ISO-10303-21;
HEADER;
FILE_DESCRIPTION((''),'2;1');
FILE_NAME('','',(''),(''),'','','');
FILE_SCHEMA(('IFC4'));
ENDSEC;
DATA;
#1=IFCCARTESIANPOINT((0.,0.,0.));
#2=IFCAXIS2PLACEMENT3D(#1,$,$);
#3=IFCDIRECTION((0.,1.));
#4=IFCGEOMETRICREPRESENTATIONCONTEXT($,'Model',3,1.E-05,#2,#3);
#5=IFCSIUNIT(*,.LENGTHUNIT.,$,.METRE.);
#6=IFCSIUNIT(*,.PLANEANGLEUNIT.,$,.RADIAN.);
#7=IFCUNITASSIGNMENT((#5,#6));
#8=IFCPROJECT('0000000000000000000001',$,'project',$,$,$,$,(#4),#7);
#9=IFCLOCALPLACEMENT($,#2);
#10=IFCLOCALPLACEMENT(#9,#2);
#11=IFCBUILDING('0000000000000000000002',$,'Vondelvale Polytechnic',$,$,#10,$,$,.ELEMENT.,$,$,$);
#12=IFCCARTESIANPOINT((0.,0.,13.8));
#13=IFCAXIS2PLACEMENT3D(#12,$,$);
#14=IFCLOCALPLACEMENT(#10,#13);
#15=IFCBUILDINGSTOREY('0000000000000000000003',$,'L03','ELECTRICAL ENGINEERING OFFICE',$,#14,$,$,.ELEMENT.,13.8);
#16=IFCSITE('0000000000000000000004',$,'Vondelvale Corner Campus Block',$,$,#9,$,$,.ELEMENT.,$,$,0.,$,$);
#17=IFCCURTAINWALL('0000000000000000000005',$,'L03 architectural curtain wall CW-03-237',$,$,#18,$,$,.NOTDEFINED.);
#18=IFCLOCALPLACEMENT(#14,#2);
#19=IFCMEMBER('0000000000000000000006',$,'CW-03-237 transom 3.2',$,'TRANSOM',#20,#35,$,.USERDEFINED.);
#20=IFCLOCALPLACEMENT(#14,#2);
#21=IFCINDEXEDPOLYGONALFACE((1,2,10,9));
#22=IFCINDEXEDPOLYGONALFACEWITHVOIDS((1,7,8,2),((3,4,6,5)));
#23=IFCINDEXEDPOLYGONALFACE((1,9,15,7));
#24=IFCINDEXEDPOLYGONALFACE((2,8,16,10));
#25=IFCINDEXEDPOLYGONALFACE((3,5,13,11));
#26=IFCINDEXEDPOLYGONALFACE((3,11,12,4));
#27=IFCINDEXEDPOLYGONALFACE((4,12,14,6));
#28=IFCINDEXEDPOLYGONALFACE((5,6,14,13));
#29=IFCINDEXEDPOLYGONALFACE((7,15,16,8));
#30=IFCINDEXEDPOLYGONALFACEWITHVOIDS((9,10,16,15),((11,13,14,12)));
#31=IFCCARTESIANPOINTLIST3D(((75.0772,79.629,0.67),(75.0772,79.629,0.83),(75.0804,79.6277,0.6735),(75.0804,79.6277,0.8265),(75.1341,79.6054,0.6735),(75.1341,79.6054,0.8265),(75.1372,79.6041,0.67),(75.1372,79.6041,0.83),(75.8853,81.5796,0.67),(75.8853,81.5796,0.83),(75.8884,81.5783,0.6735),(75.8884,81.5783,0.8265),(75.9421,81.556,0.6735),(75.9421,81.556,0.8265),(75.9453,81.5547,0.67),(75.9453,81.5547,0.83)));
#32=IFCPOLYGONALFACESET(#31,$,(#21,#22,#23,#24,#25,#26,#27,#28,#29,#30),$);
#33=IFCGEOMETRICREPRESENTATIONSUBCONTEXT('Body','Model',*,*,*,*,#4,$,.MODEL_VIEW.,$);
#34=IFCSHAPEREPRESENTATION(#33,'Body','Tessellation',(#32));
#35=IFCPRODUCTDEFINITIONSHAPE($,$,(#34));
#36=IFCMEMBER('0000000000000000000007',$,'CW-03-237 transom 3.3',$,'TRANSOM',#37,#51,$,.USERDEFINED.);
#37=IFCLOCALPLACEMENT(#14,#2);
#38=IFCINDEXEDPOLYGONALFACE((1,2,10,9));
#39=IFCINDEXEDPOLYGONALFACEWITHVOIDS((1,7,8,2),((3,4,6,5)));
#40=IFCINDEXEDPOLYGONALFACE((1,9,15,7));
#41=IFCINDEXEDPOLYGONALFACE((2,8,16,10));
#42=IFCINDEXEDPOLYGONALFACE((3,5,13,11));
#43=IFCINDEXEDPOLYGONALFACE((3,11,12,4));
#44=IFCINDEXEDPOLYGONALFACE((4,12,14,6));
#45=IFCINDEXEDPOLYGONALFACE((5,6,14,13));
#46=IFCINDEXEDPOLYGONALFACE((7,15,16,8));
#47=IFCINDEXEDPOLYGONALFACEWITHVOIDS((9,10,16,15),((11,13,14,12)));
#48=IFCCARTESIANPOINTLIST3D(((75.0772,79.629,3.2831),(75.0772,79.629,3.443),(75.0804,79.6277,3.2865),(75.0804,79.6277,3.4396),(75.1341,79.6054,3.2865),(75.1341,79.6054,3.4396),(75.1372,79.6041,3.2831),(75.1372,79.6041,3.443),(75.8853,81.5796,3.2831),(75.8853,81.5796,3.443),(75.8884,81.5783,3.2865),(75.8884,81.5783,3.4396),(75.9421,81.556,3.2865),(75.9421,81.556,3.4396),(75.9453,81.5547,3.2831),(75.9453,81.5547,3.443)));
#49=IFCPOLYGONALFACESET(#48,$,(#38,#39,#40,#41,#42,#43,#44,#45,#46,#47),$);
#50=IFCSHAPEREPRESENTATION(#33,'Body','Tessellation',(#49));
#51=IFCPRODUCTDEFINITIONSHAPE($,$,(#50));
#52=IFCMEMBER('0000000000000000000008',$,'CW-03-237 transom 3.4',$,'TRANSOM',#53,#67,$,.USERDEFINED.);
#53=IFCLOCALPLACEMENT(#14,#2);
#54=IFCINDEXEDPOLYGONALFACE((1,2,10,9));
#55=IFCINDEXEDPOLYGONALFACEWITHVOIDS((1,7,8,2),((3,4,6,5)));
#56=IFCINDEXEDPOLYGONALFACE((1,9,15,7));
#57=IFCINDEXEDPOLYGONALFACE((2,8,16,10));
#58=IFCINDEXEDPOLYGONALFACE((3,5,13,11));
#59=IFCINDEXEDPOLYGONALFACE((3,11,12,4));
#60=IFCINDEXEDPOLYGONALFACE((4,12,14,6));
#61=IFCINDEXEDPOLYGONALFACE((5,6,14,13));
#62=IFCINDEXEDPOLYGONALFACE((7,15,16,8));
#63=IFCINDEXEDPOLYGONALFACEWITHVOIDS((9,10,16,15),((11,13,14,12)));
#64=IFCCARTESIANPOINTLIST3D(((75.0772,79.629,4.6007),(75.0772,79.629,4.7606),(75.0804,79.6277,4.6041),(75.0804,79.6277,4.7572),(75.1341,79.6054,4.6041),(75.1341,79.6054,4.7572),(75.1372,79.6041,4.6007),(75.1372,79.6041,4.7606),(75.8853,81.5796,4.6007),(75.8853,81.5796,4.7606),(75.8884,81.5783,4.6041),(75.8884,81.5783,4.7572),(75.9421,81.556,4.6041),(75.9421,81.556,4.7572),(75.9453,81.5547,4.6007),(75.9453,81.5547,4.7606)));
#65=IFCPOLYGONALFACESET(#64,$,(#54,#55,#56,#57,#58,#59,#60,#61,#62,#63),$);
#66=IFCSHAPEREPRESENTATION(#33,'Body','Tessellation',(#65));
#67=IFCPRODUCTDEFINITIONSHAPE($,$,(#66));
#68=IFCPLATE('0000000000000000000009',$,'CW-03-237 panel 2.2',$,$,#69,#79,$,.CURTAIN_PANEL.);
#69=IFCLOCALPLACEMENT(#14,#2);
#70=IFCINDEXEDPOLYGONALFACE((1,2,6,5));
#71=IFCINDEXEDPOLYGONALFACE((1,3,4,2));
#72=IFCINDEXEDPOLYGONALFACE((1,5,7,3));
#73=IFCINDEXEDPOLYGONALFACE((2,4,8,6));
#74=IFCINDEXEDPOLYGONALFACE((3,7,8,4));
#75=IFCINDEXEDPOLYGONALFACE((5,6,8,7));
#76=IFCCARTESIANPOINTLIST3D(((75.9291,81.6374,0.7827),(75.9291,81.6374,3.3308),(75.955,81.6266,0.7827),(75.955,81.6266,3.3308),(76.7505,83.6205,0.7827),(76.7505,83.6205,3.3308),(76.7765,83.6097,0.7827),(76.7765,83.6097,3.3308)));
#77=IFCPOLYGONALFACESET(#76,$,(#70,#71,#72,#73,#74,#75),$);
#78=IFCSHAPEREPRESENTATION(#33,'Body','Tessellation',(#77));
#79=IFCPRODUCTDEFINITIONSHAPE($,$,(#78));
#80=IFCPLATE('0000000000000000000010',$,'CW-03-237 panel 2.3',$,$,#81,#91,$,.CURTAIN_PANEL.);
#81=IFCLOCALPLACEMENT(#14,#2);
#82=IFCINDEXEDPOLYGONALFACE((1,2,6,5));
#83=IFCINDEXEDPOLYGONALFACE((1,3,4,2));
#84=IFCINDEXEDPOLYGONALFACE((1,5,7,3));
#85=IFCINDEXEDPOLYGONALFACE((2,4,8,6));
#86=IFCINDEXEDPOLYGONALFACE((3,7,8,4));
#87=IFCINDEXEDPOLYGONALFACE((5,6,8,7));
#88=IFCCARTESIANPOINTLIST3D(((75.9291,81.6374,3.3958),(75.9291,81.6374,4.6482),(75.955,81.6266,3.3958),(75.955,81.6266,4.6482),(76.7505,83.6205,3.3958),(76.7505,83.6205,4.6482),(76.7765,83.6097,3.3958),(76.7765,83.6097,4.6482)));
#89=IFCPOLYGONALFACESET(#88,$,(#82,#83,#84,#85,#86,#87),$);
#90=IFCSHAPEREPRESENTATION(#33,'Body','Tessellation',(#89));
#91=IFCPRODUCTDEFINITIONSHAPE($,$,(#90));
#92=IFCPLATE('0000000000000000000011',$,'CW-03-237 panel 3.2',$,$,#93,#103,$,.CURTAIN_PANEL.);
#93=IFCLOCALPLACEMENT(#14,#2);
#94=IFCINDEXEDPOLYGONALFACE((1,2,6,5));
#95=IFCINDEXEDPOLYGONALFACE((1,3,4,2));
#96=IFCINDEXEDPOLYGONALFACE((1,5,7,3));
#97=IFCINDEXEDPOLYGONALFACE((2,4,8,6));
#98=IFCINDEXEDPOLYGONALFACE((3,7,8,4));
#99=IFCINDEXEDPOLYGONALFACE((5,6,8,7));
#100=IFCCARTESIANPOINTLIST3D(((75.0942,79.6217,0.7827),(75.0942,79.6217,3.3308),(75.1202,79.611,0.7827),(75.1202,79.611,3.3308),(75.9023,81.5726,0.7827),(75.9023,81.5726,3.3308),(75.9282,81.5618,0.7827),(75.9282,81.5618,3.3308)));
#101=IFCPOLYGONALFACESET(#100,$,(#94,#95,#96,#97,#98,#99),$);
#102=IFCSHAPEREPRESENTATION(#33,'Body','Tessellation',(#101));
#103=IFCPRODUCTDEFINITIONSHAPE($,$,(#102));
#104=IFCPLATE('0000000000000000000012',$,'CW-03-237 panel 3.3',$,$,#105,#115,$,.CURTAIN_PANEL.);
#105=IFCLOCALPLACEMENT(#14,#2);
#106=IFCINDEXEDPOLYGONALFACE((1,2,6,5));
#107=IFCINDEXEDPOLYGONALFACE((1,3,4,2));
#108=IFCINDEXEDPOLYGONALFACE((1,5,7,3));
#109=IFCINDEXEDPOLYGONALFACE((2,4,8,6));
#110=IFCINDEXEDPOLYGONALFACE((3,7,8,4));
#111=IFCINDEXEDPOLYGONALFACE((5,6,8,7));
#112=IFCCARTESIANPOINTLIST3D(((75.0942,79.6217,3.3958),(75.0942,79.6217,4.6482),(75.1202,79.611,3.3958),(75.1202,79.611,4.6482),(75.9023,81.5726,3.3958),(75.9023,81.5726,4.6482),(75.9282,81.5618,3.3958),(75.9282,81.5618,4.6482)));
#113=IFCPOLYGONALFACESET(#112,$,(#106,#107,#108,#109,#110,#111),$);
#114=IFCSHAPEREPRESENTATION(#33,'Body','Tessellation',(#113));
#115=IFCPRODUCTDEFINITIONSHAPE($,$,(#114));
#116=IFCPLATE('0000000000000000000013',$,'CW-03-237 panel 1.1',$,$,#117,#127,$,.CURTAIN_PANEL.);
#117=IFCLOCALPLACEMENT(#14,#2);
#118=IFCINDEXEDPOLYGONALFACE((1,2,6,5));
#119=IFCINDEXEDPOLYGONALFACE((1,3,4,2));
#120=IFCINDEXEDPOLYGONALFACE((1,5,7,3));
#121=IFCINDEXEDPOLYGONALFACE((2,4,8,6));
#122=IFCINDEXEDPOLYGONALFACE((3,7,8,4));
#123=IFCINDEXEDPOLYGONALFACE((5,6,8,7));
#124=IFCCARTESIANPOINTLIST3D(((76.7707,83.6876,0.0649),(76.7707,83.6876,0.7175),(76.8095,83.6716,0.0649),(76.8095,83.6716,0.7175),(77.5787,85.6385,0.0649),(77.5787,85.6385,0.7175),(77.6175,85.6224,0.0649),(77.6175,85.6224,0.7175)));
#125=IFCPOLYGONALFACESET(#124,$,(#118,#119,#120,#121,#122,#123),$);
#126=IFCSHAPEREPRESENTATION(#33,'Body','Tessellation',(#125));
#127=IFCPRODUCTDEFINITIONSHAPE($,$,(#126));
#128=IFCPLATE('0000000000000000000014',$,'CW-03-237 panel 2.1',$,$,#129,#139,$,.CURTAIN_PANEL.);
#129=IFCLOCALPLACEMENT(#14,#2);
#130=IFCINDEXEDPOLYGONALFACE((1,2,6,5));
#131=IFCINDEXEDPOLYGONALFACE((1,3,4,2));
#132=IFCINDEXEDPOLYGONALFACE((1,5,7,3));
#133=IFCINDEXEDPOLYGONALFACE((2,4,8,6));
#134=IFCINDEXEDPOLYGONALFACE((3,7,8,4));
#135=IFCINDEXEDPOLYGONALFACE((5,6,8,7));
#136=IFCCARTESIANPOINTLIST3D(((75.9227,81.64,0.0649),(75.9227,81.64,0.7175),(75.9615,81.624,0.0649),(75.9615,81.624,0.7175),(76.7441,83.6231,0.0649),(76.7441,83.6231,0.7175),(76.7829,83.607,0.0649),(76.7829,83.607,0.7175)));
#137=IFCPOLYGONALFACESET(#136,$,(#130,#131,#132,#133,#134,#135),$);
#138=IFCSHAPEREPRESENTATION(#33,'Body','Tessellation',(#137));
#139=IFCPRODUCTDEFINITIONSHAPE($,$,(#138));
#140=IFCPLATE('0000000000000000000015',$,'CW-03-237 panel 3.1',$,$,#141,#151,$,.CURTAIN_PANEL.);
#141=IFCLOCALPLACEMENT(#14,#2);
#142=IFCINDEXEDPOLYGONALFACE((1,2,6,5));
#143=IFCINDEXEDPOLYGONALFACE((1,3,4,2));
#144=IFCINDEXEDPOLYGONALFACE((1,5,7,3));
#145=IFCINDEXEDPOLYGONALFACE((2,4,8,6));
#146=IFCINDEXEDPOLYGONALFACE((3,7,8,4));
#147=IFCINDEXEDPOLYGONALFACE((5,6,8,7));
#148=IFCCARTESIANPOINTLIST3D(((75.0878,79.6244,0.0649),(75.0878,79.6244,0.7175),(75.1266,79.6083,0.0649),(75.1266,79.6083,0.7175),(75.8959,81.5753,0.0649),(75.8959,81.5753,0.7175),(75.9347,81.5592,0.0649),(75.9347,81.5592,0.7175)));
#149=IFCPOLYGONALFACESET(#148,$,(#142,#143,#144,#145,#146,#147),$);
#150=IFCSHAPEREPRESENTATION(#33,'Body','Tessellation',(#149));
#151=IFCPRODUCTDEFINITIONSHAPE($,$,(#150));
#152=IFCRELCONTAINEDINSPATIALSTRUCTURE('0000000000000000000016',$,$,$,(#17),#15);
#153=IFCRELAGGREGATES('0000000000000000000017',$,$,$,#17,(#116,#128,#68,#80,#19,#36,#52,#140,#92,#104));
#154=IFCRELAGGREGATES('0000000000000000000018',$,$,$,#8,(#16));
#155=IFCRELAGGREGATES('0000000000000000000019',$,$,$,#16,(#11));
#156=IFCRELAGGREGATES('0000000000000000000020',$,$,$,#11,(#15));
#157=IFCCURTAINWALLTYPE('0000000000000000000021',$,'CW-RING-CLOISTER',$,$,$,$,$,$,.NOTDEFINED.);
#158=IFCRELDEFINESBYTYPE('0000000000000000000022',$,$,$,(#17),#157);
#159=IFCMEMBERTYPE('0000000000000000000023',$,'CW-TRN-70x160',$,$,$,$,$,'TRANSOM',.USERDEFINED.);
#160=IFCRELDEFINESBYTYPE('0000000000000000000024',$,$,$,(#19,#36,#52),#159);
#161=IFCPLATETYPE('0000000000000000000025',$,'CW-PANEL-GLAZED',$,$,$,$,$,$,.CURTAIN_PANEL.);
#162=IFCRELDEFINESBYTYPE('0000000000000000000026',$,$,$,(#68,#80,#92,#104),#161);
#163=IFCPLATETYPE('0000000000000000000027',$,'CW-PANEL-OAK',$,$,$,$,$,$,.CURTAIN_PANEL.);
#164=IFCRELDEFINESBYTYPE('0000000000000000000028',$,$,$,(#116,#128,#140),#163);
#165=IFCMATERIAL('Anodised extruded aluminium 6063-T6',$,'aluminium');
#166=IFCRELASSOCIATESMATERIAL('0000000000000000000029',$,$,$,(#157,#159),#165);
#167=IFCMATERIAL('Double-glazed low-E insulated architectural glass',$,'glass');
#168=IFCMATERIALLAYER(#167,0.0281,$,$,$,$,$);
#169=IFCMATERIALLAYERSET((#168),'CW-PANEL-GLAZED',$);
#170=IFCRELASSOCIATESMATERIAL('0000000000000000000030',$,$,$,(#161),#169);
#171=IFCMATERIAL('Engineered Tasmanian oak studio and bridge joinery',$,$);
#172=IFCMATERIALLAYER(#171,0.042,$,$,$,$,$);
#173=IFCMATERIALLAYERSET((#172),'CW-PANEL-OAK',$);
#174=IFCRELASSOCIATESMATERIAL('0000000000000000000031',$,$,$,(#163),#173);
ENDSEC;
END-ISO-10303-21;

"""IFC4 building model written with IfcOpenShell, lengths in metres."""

from ifc_helpers import new_model, si_unit, direction, frame, origin, origin_2d, place, context, subcontext, project, spatial, rectangle, hollow_rectangle, extrude, material, layer, layer_set, material_profile, profile_set, type_object, element, aggregate, save


model = new_model("IFC4")

# Units and contexts
model_context = context("Model", 3, precision=1e-05, world=origin(), true_north=direction((0.0, 1.0)))
body_context = subcontext(model_context, "Body", "Model", "MODEL_VIEW")
ifc_project = project(units=[si_unit("LENGTHUNIT", "METRE"), si_unit("PLANEANGLEUNIT", "RADIAN")], contexts=[model_context])

# Site, building, storey
site_placement = place(None, origin())
site = spatial("IfcSite", under=ifc_project, at=site_placement, Name="Vondelvale Corner Campus Block", CompositionType="ELEMENT", RefElevation=0.0)
building_placement = place(site_placement, origin())
building = spatial("IfcBuilding", under=site, at=building_placement, Name="Vondelvale Polytechnic", CompositionType="ELEMENT")
storey_placement = place(building_placement, frame((0.0, 0.0, 13.8)))
storey = spatial("IfcBuildingStorey", under=building, at=storey_placement, Name="L03", Description="ELECTRICAL ENGINEERING OFFICE", CompositionType="ELEMENT", Elevation=13.8)

# Curtain wall, members, plates
ifc_material_1 = material(Name="Anodised extruded aluminium 6063-T6", Category="aluminium")
curtain_wall_type = type_object("IfcCurtainWallType", Name="CW-RING-CLOISTER", PredefinedType="NOTDEFINED", material=ifc_material_1)
curtain_wall_placement = place(storey_placement, origin())
curtain_wall = element("IfcCurtainWall", 1, at=curtain_wall_placement, inside=storey, type_object=curtain_wall_type, Name="L03 architectural curtain wall CW-03-237", PredefinedType="NOTDEFINED")
ifc_material_profile_1 = material_profile(ifc_material_1, hollow_rectangle(XDim=0.0649, YDim=0.1599, WallThickness=0.0034, at=origin_2d()), Name="CW-TRN-160x65")
ifc_profile_set_1 = profile_set([ifc_material_profile_1], Name="Anodised extruded aluminium 6063-T6")
member_type_1 = type_object("IfcMemberType", Name="CW-TRN-70x160", ElementType="TRANSOM", PredefinedType="USERDEFINED", material=ifc_profile_set_1)
member_1_placement = place(storey_placement, frame((75.9153, 81.5671, 0.75), z_axis=(-0.382726, -0.923862, 0.0), x_axis=(0.923862, -0.382726, 0.0)))
member_1 = element("IfcMember", 2, at=member_1_placement, type_object=member_type_1, Name="CW-03-237 transom 3.2", ObjectType="TRANSOM", PredefinedType="USERDEFINED", context=body_context, shape_type="SweptSolid", body=[
    extrude(hollow_rectangle(XDim=0.0649, YDim=0.1599, WallThickness=0.0034, at=origin_2d()), origin(), (0.0, 0.0, 1.0), 2.1113),
])
member_2_placement = place(storey_placement, frame((75.9153, 81.5671, 3.363), z_axis=(-0.382726, -0.923862, 0.0), x_axis=(0.923862, -0.382726, 0.0)))
member_2 = element("IfcMember", 3, at=member_2_placement, type_object=member_type_1, Name="CW-03-237 transom 3.3", ObjectType="TRANSOM", PredefinedType="USERDEFINED", context=body_context, shape_type="SweptSolid", body=[
    extrude(hollow_rectangle(XDim=0.0649, YDim=0.1599, WallThickness=0.0034, at=origin_2d()), origin(), (0.0, 0.0, 1.0), 2.1113),
])
member_3_placement = place(storey_placement, frame((75.9153, 81.5671, 4.6807), z_axis=(-0.382726, -0.923862, 0.0), x_axis=(0.923862, -0.382726, 0.0)))
member_3 = element("IfcMember", 4, at=member_3_placement, type_object=member_type_1, Name="CW-03-237 transom 3.4", ObjectType="TRANSOM", PredefinedType="USERDEFINED", context=body_context, shape_type="SweptSolid", body=[
    extrude(hollow_rectangle(XDim=0.0649, YDim=0.1599, WallThickness=0.0034, at=origin_2d()), origin(), (0.0, 0.0, 1.0), 2.1113),
])
ifc_material_2 = material(Name="Double-glazed low-E insulated architectural glass", Category="glass")
ifc_layer_1 = layer(ifc_material_2, 0.0281)
ifc_layer_set_1 = layer_set([ifc_layer_1], Name="CW-PANEL-GLAZED")
plate_type_1 = type_object("IfcPlateType", Name="CW-PANEL-GLAZED", PredefinedType="CURTAIN_PANEL", material=ifc_layer_set_1)
plate_1_placement = place(storey_placement, frame((76.3528, 82.6235, 0.7827), z_axis=(0.0, 0.0, 1.0), x_axis=(-0.382679, -0.923882, 0.0)))
plate_1 = element("IfcPlate", 5, at=plate_1_placement, type_object=plate_type_1, Name="CW-03-237 panel 2.2", PredefinedType="CURTAIN_PANEL", context=body_context, shape_type="SweptSolid", body=[
    extrude(rectangle(XDim=2.1465, YDim=0.0281, at=origin_2d()), origin(), (0.0, 0.0, 1.0), 2.5481),
])
plate_2_placement = place(storey_placement, frame((76.3528, 82.6235, 3.3958), z_axis=(0.0, 0.0, 1.0), x_axis=(-0.382679, -0.923882, 0.0)))
plate_2 = element("IfcPlate", 6, at=plate_2_placement, type_object=plate_type_1, Name="CW-03-237 panel 2.3", PredefinedType="CURTAIN_PANEL", context=body_context, shape_type="SweptSolid", body=[
    extrude(rectangle(XDim=2.1465, YDim=0.0281, at=origin_2d()), origin(), (0.0, 0.0, 1.0), 1.2524),
])
plate_3_placement = place(storey_placement, frame((75.5112, 80.5918, 0.7827), z_axis=(0.0, 0.0, 1.0), x_axis=(-0.382679, -0.923882, 0.0)))
plate_3 = element("IfcPlate", 7, at=plate_3_placement, type_object=plate_type_1, Name="CW-03-237 panel 3.2", PredefinedType="CURTAIN_PANEL", context=body_context, shape_type="SweptSolid", body=[
    extrude(rectangle(XDim=2.1116, YDim=0.0281, at=origin_2d()), origin(), (0.0, 0.0, 1.0), 2.5481),
])
plate_4_placement = place(storey_placement, frame((75.5112, 80.5918, 3.3958), z_axis=(0.0, 0.0, 1.0), x_axis=(-0.382679, -0.923882, 0.0)))
plate_4 = element("IfcPlate", 8, at=plate_4_placement, type_object=plate_type_1, Name="CW-03-237 panel 3.3", PredefinedType="CURTAIN_PANEL", context=body_context, shape_type="SweptSolid", body=[
    extrude(rectangle(XDim=2.1116, YDim=0.0281, at=origin_2d()), origin(), (0.0, 0.0, 1.0), 1.2524),
])
ifc_material_3 = material(Name="Engineered Tasmanian oak studio and bridge joinery")
ifc_layer_2 = layer(ifc_material_3, 0.042)
ifc_layer_set_2 = layer_set([ifc_layer_2], Name="CW-PANEL-OAK")
plate_type_2 = type_object("IfcPlateType", Name="CW-PANEL-OAK", PredefinedType="CURTAIN_PANEL", material=ifc_layer_set_2)
plate_5_placement = place(storey_placement, frame((77.1941, 84.655, 0.0649), z_axis=(0.0, 0.0, 1.0), x_axis=(-0.382679, -0.923882, 0.0)))
plate_5 = element("IfcPlate", 9, at=plate_5_placement, type_object=plate_type_2, Name="CW-03-237 panel 1.1", PredefinedType="CURTAIN_PANEL", context=body_context, shape_type="SweptSolid", body=[
    extrude(rectangle(XDim=2.1116, YDim=0.042, at=origin_2d()), origin(), (0.0, 0.0, 1.0), 0.6526),
])
plate_6_placement = place(storey_placement, frame((76.3528, 82.6235, 0.0649), z_axis=(0.0, 0.0, 1.0), x_axis=(-0.382679, -0.923882, 0.0)))
plate_6 = element("IfcPlate", 10, at=plate_6_placement, type_object=plate_type_2, Name="CW-03-237 panel 2.1", PredefinedType="CURTAIN_PANEL", context=body_context, shape_type="SweptSolid", body=[
    extrude(rectangle(XDim=2.1465, YDim=0.042, at=origin_2d()), origin(), (0.0, 0.0, 1.0), 0.6526),
])
plate_7_placement = place(storey_placement, frame((75.5112, 80.5918, 0.0649), z_axis=(0.0, 0.0, 1.0), x_axis=(-0.382679, -0.923882, 0.0)))
plate_7 = element("IfcPlate", 11, at=plate_7_placement, type_object=plate_type_2, Name="CW-03-237 panel 3.1", PredefinedType="CURTAIN_PANEL", context=body_context, shape_type="SweptSolid", body=[
    extrude(rectangle(XDim=2.1116, YDim=0.042, at=origin_2d()), origin(), (0.0, 0.0, 1.0), 0.6526),
])
aggregate(curtain_wall, [plate_5, plate_6, plate_1, plate_2, member_1, member_2, member_3, plate_7, plate_3, plate_4])

save(model, "model.ifc")
